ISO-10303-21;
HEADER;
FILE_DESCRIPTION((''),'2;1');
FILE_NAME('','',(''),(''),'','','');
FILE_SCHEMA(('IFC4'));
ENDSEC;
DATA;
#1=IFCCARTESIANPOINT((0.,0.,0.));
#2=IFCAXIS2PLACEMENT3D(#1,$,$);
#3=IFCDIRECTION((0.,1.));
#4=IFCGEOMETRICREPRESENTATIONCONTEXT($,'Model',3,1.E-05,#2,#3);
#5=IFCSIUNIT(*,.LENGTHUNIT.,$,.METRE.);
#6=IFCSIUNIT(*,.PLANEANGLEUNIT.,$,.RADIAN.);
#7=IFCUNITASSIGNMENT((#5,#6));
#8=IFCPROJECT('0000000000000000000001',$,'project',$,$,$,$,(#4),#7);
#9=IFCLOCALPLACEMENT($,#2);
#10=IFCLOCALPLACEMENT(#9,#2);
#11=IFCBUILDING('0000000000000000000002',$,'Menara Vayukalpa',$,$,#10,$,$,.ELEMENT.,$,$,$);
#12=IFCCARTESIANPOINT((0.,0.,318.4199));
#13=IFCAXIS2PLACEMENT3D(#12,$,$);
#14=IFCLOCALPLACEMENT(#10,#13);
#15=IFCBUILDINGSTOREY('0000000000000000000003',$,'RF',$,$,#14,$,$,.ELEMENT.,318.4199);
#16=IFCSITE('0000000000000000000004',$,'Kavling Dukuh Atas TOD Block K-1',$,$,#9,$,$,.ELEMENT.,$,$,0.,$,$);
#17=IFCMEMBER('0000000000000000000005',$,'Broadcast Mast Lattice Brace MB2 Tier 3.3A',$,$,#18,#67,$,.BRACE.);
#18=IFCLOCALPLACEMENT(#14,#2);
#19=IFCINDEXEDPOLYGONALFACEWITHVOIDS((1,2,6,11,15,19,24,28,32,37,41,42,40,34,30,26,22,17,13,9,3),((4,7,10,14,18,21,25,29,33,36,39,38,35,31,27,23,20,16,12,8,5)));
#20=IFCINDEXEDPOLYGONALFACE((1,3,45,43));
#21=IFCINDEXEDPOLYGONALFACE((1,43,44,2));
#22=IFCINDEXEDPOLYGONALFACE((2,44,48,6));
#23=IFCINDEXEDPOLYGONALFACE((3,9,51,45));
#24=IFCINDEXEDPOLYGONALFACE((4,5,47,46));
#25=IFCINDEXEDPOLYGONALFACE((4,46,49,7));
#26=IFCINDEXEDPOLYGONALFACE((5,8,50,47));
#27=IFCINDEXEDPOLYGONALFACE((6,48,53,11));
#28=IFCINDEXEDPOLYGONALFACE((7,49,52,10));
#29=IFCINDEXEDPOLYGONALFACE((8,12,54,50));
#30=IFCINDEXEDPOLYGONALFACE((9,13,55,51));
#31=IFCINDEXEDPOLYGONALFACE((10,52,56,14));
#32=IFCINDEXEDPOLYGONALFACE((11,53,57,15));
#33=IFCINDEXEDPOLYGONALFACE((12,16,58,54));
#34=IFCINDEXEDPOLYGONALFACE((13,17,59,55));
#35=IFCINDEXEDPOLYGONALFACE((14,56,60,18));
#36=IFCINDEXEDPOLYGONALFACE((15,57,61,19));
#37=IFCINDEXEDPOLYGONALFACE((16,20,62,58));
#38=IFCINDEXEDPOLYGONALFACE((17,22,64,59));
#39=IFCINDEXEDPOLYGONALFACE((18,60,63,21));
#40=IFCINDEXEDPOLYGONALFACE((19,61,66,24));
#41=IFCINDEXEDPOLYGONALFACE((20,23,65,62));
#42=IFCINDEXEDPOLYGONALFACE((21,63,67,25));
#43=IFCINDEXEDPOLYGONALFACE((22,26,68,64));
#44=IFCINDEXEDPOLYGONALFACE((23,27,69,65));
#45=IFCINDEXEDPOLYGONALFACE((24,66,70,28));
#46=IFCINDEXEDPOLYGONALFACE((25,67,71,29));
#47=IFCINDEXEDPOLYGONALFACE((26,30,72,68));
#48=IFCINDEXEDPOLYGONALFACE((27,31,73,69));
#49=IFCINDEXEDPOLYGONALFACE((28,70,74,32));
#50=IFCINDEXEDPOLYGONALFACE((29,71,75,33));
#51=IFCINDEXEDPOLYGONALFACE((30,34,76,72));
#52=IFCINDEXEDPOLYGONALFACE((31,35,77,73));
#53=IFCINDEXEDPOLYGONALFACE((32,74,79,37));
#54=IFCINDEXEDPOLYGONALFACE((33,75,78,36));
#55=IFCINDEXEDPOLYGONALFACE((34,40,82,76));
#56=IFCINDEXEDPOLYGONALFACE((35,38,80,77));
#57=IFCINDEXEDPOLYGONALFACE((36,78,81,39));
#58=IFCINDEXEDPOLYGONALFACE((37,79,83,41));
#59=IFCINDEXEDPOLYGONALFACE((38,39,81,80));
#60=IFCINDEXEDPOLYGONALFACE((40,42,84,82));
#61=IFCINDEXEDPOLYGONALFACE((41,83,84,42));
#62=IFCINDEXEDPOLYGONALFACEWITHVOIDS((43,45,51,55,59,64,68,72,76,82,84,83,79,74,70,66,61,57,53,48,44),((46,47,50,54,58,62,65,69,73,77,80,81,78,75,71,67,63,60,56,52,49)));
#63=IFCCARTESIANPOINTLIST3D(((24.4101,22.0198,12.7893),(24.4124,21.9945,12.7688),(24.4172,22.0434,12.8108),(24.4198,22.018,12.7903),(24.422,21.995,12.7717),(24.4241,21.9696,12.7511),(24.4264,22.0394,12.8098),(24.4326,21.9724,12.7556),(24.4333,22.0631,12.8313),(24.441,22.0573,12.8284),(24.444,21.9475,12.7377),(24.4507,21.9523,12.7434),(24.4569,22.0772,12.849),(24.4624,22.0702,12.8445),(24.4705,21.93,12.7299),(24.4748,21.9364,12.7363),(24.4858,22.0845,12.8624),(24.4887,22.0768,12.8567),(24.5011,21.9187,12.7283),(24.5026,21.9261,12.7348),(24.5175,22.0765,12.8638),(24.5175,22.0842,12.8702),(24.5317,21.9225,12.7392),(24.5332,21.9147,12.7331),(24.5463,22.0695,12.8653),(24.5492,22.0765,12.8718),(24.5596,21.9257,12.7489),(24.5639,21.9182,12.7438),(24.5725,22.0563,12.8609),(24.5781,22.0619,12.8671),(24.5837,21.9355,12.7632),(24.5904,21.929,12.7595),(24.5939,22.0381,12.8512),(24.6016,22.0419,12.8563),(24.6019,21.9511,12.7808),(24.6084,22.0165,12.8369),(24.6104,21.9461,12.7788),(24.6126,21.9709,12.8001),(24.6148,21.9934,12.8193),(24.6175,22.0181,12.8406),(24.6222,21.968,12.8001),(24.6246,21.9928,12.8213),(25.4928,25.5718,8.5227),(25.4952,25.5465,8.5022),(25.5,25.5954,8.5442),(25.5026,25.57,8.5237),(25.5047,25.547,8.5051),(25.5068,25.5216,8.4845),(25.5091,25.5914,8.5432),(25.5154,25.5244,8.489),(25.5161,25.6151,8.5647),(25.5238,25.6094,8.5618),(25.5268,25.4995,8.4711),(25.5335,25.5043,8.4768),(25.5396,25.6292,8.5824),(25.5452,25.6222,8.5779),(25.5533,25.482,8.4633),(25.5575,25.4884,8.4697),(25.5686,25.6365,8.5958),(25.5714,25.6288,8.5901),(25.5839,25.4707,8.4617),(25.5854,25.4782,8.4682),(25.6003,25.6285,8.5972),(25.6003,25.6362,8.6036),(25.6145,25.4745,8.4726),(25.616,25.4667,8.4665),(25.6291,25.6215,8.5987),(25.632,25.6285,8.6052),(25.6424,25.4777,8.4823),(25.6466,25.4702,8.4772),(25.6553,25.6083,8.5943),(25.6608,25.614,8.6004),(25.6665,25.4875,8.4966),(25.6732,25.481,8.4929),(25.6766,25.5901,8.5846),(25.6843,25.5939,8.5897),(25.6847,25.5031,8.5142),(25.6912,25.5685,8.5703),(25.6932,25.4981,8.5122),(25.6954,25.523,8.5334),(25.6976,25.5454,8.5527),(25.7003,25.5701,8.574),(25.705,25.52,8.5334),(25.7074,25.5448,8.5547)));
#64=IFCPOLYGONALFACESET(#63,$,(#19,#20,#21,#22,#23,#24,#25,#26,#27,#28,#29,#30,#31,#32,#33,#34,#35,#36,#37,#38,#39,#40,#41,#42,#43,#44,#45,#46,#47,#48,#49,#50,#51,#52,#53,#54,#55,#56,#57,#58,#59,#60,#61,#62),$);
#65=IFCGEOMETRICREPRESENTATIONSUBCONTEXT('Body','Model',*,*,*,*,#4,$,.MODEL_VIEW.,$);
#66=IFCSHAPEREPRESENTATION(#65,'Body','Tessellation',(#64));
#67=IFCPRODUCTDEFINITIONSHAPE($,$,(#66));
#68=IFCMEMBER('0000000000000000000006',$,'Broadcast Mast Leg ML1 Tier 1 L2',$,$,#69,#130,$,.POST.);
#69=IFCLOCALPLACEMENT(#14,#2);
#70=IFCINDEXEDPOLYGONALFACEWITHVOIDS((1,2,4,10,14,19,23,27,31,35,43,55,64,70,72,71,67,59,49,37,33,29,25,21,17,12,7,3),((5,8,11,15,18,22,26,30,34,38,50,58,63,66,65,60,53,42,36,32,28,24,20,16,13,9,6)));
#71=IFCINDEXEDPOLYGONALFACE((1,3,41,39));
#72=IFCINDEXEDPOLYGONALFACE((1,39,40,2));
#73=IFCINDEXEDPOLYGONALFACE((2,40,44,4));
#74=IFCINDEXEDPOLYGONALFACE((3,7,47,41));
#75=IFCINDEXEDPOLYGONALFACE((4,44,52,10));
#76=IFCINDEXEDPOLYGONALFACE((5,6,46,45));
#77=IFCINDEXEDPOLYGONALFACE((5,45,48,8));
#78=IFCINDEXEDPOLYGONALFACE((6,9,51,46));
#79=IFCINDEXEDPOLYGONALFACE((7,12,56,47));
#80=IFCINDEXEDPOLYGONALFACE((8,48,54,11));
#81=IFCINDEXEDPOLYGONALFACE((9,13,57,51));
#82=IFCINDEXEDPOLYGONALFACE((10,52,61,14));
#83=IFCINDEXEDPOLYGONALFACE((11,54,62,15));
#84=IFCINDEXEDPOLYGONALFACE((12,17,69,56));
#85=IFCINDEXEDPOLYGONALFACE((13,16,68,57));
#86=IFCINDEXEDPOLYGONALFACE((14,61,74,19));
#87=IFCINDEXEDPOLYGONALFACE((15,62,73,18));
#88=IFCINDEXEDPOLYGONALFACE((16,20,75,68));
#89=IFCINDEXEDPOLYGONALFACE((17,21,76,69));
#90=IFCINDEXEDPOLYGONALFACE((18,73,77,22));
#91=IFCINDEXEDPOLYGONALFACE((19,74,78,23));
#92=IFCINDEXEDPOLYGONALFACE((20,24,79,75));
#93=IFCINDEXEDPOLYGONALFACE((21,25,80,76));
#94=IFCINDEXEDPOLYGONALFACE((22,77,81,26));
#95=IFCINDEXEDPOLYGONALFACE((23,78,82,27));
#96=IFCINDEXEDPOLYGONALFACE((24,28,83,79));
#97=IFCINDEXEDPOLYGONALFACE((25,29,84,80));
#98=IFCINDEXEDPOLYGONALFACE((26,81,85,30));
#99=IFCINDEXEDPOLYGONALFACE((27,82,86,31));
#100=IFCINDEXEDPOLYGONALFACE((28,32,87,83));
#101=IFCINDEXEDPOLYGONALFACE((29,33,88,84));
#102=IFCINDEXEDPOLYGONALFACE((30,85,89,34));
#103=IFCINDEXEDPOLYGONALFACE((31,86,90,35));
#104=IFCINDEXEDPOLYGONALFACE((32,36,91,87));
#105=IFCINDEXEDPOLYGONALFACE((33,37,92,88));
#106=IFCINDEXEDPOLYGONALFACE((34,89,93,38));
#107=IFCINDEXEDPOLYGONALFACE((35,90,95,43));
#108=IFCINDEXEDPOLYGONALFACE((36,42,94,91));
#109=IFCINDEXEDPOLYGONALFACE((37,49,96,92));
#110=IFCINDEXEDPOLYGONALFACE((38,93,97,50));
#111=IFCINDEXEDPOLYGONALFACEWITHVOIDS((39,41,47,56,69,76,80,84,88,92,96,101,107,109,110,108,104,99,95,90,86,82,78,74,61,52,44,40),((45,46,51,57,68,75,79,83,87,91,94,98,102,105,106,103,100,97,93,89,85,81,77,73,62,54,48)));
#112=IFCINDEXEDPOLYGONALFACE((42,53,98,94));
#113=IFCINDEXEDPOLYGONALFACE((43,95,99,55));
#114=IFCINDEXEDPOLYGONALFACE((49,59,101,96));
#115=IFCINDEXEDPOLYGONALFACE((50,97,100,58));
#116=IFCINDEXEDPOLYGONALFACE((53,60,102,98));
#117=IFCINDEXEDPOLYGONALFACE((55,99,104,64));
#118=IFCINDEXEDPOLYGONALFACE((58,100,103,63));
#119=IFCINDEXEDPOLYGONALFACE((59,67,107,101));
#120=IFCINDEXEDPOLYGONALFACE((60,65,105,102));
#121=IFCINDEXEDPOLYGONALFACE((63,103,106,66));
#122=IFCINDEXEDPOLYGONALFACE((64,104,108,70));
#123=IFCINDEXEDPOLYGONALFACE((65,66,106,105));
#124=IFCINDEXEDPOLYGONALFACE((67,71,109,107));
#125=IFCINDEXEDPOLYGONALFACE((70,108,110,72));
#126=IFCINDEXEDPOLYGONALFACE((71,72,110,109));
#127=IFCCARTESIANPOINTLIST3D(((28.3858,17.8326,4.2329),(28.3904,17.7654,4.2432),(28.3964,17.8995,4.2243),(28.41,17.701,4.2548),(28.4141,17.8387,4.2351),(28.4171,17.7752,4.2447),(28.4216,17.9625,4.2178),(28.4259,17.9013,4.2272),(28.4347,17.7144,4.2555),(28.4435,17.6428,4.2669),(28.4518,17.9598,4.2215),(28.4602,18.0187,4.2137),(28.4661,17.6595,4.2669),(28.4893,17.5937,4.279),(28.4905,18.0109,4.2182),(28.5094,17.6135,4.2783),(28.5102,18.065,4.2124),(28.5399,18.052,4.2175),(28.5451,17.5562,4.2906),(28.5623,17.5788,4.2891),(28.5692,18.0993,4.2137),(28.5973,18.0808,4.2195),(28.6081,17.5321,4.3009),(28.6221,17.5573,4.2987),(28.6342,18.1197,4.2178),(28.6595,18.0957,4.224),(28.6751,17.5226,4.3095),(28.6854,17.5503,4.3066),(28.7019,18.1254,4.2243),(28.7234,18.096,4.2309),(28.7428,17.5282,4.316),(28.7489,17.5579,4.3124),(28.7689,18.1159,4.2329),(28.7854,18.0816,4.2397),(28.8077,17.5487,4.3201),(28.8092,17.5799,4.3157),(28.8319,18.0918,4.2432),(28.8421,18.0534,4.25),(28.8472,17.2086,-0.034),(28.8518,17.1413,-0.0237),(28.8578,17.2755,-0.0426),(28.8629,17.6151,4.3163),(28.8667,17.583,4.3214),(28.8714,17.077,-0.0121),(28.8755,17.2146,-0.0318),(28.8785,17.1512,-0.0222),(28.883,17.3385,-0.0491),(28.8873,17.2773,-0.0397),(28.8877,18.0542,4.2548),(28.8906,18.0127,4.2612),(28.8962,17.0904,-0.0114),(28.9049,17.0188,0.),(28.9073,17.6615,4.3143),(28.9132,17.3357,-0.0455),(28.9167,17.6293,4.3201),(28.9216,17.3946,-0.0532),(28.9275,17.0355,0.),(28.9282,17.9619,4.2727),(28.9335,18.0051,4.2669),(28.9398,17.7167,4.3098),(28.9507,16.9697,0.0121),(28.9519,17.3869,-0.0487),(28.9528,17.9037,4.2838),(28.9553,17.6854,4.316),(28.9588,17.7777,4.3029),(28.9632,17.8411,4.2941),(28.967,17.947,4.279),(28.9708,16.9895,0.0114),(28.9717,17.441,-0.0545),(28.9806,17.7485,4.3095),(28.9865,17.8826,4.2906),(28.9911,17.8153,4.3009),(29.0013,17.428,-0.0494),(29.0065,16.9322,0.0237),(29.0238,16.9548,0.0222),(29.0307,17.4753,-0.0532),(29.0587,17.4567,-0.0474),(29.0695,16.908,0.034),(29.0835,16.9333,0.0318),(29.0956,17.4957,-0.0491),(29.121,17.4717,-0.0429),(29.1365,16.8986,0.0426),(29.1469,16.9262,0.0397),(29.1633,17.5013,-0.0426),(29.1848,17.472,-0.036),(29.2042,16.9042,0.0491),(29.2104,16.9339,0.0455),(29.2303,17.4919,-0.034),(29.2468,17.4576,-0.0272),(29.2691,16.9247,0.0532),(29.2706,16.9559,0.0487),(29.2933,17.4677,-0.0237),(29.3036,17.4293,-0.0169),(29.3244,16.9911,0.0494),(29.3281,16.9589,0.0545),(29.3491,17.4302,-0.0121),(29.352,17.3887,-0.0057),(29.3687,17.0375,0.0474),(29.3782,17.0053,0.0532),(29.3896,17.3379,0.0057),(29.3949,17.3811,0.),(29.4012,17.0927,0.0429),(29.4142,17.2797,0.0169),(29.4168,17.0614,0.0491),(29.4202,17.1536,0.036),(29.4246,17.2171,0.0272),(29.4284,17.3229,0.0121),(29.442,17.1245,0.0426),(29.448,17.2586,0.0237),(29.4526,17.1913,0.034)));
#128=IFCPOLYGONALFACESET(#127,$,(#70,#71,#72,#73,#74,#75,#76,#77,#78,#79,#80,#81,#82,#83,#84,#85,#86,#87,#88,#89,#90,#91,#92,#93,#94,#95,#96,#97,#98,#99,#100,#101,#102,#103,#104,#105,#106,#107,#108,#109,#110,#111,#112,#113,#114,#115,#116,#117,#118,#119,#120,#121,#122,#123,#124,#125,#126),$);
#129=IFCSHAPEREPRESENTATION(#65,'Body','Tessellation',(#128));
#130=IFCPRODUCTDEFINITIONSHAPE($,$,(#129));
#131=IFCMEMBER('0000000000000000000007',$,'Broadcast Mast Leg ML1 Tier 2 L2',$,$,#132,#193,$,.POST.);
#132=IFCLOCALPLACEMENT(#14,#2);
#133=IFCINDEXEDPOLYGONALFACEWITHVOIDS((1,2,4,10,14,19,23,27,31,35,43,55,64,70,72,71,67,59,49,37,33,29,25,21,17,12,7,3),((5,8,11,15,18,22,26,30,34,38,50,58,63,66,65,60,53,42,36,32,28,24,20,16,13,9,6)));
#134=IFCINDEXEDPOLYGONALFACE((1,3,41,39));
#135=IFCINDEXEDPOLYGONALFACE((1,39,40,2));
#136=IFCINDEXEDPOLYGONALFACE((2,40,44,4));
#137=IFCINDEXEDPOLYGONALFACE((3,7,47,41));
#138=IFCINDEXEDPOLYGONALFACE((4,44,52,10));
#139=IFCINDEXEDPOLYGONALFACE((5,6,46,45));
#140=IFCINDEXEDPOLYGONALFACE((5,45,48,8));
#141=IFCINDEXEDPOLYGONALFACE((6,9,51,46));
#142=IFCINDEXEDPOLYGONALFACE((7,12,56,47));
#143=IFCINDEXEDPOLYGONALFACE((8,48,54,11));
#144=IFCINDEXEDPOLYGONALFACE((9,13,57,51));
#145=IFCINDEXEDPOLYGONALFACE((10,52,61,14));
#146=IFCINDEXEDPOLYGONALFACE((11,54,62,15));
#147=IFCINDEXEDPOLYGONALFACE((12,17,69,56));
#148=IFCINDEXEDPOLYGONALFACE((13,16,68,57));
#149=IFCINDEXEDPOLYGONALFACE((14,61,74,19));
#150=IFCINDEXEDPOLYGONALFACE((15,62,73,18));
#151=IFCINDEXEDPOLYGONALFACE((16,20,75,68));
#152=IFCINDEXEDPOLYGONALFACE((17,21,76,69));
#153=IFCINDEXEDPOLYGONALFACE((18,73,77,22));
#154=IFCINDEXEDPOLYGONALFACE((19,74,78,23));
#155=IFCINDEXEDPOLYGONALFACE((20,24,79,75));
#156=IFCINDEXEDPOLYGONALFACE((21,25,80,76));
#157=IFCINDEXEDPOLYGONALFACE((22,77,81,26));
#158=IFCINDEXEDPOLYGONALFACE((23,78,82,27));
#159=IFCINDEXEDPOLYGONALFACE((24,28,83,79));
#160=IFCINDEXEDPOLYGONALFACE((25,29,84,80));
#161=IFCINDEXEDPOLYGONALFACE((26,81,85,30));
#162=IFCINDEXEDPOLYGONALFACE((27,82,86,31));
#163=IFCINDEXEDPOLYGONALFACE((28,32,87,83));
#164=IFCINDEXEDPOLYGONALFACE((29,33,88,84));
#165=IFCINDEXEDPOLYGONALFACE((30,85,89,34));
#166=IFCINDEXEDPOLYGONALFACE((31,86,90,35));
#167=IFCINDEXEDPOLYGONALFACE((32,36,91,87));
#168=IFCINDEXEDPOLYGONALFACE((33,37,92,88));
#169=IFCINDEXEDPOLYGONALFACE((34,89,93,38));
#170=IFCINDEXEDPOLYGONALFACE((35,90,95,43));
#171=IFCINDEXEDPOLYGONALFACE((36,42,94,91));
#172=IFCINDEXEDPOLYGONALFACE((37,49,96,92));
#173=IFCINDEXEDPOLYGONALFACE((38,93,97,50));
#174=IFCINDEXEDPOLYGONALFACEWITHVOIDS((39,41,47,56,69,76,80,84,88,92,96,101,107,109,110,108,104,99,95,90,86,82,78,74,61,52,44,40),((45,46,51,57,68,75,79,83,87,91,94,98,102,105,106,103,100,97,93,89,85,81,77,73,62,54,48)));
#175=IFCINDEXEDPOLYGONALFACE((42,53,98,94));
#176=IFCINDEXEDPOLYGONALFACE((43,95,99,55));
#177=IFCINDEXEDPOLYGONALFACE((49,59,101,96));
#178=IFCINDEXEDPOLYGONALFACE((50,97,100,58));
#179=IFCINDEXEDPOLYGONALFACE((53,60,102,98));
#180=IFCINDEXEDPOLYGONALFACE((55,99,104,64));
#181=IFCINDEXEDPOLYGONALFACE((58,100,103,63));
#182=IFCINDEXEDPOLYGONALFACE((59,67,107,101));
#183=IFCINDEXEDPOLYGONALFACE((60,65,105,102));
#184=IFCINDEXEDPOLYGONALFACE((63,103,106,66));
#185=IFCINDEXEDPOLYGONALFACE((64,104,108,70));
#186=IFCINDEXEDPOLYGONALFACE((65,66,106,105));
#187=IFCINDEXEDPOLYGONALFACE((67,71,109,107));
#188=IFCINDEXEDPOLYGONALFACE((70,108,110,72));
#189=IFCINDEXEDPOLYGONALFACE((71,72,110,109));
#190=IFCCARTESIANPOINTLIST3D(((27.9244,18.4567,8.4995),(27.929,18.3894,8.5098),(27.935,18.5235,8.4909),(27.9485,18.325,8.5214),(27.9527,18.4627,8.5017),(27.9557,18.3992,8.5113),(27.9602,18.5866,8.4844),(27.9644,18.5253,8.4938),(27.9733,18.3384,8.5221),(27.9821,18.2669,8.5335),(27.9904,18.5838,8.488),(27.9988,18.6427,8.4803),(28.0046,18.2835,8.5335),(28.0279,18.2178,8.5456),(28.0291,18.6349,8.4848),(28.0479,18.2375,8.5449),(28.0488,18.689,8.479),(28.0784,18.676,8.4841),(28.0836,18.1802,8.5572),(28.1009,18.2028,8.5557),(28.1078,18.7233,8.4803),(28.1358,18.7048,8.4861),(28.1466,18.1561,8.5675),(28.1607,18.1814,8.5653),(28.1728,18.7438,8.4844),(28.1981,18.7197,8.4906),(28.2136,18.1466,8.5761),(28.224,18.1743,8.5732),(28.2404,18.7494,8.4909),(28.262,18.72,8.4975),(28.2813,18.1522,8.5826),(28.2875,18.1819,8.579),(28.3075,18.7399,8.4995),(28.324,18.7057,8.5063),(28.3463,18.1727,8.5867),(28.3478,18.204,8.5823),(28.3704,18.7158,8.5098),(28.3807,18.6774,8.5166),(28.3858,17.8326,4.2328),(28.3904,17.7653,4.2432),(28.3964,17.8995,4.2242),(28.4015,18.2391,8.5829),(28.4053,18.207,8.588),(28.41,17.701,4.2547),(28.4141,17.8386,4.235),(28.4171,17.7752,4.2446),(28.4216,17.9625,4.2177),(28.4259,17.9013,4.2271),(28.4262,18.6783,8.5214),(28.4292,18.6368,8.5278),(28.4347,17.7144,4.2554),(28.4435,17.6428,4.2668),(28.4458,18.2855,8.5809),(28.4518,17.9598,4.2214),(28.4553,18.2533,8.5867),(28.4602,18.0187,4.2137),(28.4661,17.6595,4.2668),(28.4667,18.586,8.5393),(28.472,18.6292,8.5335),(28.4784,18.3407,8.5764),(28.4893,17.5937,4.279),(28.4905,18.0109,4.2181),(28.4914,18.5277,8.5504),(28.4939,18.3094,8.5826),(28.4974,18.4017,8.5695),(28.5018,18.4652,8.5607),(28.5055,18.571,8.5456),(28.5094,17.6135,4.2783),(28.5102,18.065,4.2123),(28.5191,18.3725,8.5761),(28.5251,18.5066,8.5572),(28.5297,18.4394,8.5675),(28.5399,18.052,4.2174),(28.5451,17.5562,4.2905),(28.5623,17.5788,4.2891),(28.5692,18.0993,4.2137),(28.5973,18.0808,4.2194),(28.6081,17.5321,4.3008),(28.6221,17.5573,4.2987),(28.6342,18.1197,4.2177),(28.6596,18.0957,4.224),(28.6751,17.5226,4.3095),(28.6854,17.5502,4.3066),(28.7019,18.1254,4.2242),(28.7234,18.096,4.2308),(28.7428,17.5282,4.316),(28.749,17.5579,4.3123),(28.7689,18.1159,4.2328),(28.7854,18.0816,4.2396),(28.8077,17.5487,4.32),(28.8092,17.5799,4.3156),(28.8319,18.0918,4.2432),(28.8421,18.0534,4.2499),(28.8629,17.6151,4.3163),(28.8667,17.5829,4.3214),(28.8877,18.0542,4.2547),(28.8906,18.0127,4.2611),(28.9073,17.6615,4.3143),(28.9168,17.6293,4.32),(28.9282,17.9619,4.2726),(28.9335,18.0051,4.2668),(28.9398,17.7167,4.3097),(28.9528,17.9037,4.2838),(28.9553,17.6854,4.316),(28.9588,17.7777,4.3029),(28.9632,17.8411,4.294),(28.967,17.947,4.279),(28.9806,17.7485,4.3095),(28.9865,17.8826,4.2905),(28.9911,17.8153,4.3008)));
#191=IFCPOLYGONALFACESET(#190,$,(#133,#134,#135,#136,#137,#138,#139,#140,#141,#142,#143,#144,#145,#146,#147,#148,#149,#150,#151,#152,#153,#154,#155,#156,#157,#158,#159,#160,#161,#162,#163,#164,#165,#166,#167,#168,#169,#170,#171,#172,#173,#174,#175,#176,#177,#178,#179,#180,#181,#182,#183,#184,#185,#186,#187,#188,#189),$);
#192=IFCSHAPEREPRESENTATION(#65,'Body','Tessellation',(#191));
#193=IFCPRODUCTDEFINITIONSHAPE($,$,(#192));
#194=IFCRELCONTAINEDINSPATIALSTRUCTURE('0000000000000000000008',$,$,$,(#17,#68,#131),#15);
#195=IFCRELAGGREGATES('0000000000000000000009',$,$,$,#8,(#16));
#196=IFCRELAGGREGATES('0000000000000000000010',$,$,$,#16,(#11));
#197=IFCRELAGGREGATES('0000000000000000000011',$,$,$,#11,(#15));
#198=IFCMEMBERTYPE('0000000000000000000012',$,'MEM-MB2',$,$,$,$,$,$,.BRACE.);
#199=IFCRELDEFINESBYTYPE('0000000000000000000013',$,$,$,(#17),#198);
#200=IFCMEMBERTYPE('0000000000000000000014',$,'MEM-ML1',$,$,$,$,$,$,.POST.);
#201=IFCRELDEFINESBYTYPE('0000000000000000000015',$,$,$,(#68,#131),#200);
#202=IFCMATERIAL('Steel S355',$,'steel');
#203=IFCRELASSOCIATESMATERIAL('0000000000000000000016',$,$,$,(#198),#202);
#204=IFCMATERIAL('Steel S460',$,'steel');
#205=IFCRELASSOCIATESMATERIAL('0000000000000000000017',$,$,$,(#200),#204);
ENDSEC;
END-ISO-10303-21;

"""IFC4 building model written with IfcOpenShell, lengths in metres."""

from ifc_helpers import new_model, si_unit, direction, frame, origin, origin_2d, place, context, subcontext, project, spatial, hollow_circle, extrude, material, material_profile, profile_set, type_object, element, save


model = new_model("IFC4")

# Units and contexts
model_context = context("Model", 3, precision=1e-05, world=origin(), true_north=direction((0.0, 1.0)))
body_context = subcontext(model_context, "Body", "Model", "MODEL_VIEW")
ifc_project = project(units=[si_unit("LENGTHUNIT", "METRE"), si_unit("PLANEANGLEUNIT", "RADIAN")], contexts=[model_context])

# Site, building, storey
site_placement = place(None, origin())
site = spatial("IfcSite", under=ifc_project, at=site_placement, Name="Kavling Dukuh Atas TOD Block K-1", CompositionType="ELEMENT", RefElevation=0.0)
building_placement = place(site_placement, origin())
building = spatial("IfcBuilding", under=site, at=building_placement, Name="Menara Vayukalpa", CompositionType="ELEMENT")
storey_placement = place(building_placement, frame((0.0, 0.0, 318.4199)))
storey = spatial("IfcBuildingStorey", under=building, at=storey_placement, Name="RF", CompositionType="ELEMENT", Elevation=318.4199)

# Members
ifc_material_1 = material(Name="Steel S355", Category="steel")
ifc_material_profile_1 = material_profile(ifc_material_1, hollow_circle(Radius=0.1096, WallThickness=0.01, at=origin_2d()), Name="CHS 219.1x10")
ifc_profile_set_1 = profile_set([ifc_material_profile_1], Name="Steel S355")
member_type_1 = type_object("IfcMemberType", Name="MEM-MB2", PredefinedType="BRACE", material=ifc_profile_set_1)
for number, where, z_axis, x_axis, name in (
    (1, (25.6001, 25.552, 8.5334), (-0.191428, -0.62798, 0.754318), (0.956545, -0.291585, 0.0), "Broadcast Mast Lattice Brace MB2 Tier 3.3A"),
):
    element("IfcMember", number, at=place(storey_placement, frame(where, z_axis=z_axis, x_axis=x_axis)), inside=storey, type_object=member_type_1, Name=name, PredefinedType="BRACE", context=body_context, shape_type="SweptSolid", body=[
        extrude(hollow_circle(Radius=0.1096, WallThickness=0.01, at=origin_2d()), origin(), (0.0, 0.0, 1.0), 5.6562),
    ])
ifc_material_2 = material(Name="Steel S460", Category="steel")
ifc_material_profile_2 = material_profile(ifc_material_2, hollow_circle(Radius=0.3047, WallThickness=0.0281, at=origin_2d()), Name="CHS 609.6x28")
ifc_profile_set_2 = profile_set([ifc_material_profile_2], Name="Steel S460")
member_type_2 = type_object("IfcMemberType", Name="MEM-ML1", PredefinedType="POST", material=ifc_profile_set_2)
member_1_placement = place(storey_placement, frame((29.1499, 17.2, 0.0), z_axis=(-0.106396, 0.143889, 0.983858), x_axis=(-0.804058, -0.59455, 0.0)))
element("IfcMember", 2, at=member_1_placement, inside=storey, type_object=member_type_2, Name="Broadcast Mast Leg ML1 Tier 1 L2", PredefinedType="POST", context=body_context, shape_type="SweptSolid", body=[
    extrude(hollow_circle(Radius=0.3047, WallThickness=0.0281, at=origin_2d()), origin(), (0.0, 0.0, 1.0), 4.3369),
])
for number, where, z_axis, x_axis, name in (
    (3, (28.6885, 17.824, 4.2668), (-0.106402, 0.143897, 0.983856), (-0.804058, -0.59455, 0.0), "Broadcast Mast Leg ML1 Tier 2 L2"),
):
    element("IfcMember", number, at=place(storey_placement, frame(where, z_axis=z_axis, x_axis=x_axis)), inside=storey, type_object=member_type_2, Name=name, PredefinedType="POST", context=body_context, shape_type="SweptSolid", body=[
        extrude(hollow_circle(Radius=0.3047, WallThickness=0.0281, at=origin_2d()), origin(), (0.0, 0.0, 1.0), 4.3367),
    ])

save(model, "model.ifc")
